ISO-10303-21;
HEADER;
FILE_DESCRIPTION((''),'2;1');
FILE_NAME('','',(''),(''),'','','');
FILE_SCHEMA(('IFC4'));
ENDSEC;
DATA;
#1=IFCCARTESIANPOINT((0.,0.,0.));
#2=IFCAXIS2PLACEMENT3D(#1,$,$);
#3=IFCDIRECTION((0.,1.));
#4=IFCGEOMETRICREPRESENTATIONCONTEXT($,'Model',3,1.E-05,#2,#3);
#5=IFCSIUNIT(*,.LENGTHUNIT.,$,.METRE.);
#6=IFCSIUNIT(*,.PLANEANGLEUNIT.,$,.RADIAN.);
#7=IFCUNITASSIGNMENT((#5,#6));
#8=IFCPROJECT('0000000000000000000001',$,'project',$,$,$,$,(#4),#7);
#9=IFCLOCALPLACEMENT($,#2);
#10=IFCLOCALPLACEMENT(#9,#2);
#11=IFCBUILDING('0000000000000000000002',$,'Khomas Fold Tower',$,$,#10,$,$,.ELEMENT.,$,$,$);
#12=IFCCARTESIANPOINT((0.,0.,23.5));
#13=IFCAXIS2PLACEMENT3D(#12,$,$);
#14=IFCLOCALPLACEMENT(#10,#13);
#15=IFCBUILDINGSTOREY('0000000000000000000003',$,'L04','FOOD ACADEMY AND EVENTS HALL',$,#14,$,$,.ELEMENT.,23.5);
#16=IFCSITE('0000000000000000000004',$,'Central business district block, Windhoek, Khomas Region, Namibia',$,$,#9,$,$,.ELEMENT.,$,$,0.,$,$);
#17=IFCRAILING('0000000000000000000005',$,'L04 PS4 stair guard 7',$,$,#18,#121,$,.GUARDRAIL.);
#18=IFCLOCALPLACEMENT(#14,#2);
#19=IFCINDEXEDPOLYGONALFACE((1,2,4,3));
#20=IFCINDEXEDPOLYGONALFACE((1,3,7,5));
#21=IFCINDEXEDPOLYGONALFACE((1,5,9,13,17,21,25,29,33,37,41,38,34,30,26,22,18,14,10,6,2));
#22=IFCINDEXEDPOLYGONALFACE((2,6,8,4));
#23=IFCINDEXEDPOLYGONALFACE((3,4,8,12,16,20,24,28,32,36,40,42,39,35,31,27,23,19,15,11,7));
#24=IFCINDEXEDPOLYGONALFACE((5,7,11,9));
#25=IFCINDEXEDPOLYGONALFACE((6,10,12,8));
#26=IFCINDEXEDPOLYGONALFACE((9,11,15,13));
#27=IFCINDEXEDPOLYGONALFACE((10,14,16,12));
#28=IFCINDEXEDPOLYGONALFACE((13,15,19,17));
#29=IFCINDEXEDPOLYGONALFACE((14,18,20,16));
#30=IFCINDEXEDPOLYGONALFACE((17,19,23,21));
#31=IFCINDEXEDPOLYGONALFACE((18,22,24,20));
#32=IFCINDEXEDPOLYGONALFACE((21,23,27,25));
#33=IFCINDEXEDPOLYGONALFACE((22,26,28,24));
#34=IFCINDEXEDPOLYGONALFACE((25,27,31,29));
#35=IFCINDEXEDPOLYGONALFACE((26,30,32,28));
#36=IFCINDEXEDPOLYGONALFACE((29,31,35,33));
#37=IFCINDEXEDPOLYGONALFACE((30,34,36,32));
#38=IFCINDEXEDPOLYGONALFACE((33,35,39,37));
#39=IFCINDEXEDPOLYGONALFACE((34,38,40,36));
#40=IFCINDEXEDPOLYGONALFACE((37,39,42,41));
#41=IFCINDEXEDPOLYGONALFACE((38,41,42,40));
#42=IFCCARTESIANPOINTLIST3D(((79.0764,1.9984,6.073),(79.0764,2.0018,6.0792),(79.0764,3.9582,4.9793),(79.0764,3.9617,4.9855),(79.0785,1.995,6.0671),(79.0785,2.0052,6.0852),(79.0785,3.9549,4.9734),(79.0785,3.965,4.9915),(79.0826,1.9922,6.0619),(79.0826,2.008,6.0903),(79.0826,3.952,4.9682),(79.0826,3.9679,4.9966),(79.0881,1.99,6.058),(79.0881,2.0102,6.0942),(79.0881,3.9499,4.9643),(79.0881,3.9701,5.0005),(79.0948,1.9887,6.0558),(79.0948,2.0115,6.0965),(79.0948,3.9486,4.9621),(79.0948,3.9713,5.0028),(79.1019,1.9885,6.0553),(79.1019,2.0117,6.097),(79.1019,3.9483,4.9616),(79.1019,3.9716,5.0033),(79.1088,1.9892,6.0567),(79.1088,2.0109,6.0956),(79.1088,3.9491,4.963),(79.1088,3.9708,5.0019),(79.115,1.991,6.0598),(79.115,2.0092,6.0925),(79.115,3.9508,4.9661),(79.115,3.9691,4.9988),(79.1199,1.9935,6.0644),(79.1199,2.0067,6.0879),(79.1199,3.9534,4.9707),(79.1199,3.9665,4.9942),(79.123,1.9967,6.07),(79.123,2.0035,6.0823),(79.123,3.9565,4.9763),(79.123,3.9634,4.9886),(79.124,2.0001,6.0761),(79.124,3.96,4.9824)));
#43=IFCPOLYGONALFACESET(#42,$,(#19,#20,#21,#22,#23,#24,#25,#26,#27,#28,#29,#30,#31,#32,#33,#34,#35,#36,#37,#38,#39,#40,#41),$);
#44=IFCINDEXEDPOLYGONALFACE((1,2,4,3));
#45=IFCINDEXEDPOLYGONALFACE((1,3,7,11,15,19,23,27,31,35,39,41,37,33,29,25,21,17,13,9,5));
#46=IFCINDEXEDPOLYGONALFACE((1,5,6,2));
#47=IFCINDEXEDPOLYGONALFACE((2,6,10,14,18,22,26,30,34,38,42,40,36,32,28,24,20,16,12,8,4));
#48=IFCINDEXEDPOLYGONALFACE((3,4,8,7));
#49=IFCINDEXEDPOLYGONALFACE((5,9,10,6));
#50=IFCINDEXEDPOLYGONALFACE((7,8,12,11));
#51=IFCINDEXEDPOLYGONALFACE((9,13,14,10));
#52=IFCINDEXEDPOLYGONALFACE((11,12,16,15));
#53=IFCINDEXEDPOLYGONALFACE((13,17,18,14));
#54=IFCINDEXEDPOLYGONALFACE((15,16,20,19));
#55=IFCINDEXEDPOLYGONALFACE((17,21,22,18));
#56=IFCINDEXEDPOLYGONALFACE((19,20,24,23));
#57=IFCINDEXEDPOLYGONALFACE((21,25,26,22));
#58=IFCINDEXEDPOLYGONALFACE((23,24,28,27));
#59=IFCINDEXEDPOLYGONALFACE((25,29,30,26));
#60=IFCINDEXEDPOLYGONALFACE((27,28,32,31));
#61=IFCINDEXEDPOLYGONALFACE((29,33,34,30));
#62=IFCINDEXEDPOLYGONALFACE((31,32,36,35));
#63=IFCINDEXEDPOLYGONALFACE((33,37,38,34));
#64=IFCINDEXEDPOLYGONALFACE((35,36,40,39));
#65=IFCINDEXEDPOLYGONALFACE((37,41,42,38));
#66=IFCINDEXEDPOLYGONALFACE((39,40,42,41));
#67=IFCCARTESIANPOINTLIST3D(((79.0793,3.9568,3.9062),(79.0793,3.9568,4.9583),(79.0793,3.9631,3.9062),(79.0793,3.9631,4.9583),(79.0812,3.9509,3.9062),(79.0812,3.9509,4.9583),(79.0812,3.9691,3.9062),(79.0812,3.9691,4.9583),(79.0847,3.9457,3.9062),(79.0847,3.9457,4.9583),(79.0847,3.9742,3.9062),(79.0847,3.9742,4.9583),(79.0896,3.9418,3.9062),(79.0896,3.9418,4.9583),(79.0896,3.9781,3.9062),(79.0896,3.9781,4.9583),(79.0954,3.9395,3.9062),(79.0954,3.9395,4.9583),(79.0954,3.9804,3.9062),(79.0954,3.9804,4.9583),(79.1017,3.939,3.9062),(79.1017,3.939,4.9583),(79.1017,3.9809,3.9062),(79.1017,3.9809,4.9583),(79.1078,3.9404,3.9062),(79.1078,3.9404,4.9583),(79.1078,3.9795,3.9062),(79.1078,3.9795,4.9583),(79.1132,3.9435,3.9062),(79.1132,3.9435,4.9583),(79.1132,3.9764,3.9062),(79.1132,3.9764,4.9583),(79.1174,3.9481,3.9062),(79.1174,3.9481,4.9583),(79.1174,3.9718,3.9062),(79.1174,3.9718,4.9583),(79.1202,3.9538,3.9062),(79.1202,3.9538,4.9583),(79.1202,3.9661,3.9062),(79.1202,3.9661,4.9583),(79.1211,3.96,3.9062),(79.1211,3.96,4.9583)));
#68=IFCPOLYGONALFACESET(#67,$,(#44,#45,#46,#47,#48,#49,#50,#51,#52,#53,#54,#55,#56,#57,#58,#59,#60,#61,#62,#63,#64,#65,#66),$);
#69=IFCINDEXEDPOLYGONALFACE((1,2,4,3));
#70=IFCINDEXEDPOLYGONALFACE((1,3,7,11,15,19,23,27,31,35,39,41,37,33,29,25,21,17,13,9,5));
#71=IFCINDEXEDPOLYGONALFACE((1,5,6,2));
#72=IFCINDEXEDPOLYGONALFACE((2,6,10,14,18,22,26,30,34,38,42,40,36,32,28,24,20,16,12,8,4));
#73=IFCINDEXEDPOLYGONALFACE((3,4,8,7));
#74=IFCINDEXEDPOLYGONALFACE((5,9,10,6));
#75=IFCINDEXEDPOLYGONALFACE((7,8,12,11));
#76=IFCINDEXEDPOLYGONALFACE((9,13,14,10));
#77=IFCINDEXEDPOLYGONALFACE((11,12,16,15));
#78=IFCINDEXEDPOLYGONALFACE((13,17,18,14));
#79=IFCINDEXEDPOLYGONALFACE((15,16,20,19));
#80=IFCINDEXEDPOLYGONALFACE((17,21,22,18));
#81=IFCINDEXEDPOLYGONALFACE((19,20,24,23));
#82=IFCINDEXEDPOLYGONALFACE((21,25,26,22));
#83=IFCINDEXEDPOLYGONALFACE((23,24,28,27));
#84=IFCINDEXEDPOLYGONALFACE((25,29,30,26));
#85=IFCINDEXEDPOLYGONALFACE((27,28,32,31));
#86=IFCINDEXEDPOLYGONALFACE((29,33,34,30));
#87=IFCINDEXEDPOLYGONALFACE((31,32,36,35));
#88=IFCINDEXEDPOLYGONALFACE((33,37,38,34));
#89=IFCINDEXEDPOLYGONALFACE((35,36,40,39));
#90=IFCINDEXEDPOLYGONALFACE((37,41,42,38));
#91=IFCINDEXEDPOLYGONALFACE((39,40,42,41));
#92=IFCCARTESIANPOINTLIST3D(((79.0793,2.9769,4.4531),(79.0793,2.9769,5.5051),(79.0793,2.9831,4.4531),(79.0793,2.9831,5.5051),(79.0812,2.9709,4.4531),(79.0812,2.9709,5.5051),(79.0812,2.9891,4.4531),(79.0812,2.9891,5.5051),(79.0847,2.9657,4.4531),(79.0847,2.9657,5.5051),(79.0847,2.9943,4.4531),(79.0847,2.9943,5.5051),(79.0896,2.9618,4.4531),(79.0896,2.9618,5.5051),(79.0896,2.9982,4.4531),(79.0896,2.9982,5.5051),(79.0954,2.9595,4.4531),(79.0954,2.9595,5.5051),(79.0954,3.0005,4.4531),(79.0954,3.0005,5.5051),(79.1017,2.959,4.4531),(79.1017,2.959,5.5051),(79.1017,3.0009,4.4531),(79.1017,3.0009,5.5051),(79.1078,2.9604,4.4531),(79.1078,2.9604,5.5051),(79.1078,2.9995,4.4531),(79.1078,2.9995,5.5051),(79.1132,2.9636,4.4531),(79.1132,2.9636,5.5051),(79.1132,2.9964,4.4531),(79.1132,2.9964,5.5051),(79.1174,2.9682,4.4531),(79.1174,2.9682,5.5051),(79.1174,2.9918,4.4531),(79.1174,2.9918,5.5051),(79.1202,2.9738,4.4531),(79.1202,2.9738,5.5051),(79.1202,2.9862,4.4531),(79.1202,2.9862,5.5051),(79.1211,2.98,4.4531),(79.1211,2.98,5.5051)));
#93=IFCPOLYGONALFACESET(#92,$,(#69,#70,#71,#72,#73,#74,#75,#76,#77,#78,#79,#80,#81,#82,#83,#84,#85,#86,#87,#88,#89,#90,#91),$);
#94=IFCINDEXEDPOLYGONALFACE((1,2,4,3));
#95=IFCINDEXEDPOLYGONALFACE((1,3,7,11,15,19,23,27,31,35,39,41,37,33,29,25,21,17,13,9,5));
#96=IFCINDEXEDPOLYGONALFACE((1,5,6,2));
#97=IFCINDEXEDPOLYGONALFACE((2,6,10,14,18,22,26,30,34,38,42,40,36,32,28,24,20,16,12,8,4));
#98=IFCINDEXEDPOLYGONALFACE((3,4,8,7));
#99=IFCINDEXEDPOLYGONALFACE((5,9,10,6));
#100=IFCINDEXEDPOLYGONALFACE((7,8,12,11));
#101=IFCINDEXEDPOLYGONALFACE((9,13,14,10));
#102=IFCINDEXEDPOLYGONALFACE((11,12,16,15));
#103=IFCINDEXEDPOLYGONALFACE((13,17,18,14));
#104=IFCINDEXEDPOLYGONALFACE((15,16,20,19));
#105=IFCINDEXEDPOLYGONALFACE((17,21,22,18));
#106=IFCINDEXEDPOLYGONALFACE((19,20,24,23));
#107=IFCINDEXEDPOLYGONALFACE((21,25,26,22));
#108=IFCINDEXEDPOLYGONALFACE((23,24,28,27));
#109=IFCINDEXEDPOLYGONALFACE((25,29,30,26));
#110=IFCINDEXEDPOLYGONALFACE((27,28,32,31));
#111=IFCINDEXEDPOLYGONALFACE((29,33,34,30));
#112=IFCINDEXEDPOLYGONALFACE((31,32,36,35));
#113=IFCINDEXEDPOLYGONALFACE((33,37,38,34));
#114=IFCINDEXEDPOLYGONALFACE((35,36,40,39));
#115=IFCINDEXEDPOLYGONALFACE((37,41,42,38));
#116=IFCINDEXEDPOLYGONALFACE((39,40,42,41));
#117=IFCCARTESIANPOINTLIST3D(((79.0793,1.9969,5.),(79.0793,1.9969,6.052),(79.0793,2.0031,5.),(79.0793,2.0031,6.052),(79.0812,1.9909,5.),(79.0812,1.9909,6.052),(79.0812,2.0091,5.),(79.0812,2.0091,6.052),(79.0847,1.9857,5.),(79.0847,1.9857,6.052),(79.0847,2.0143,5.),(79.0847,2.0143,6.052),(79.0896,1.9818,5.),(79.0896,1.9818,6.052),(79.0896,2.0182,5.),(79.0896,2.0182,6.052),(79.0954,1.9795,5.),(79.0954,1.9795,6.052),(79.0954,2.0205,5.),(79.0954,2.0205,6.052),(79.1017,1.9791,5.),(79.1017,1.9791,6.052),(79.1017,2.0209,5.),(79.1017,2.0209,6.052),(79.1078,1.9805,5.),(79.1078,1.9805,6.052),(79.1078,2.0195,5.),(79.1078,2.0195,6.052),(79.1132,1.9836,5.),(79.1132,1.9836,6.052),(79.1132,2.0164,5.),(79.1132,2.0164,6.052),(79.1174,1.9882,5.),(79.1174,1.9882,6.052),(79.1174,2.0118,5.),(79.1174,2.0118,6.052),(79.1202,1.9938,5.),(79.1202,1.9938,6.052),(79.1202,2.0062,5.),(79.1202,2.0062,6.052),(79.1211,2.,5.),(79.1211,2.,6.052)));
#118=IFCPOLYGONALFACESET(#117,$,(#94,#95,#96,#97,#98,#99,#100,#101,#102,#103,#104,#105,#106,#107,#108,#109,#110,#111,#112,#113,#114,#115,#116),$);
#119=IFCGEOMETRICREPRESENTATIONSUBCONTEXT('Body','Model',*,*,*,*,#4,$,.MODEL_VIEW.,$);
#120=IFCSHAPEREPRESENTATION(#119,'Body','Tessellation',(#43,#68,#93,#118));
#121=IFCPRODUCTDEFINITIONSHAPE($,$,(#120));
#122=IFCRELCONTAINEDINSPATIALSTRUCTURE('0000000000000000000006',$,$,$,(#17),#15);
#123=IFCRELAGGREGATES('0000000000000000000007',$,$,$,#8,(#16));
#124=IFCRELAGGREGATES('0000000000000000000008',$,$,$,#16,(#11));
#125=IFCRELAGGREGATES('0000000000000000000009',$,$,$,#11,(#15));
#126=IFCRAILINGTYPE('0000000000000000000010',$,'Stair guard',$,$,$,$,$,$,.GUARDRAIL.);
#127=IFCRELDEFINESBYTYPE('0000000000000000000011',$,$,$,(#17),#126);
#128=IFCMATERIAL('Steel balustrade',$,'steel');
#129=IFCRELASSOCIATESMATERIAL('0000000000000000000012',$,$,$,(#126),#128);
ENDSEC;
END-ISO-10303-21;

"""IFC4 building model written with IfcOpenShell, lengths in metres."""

from ifc_helpers import new_model, si_unit, direction, frame, origin, origin_2d, place, context, subcontext, project, spatial, circle, extrude, source, transform, mapped, material, type_object, element, save


model = new_model("IFC4")

# Units and contexts
model_context = context("Model", 3, precision=1e-05, world=origin(), true_north=direction((0.0, 1.0)))
body_context = subcontext(model_context, "Body", "Model", "MODEL_VIEW")
ifc_project = project(units=[si_unit("LENGTHUNIT", "METRE"), si_unit("PLANEANGLEUNIT", "RADIAN")], contexts=[model_context])

# Site, building, storey
site_placement = place(None, origin())
site = spatial("IfcSite", under=ifc_project, at=site_placement, Name="Central business district block, Windhoek, Khomas Region, Namibia", CompositionType="ELEMENT", RefElevation=0.0)
building_placement = place(site_placement, origin())
building = spatial("IfcBuilding", under=site, at=building_placement, Name="Khomas Fold Tower", CompositionType="ELEMENT")
storey_placement = place(building_placement, frame((0.0, 0.0, 23.5)))
storey = spatial("IfcBuildingStorey", under=building, at=storey_placement, Name="L04", Description="FOOD ACADEMY AND EVENTS HALL", CompositionType="ELEMENT", Elevation=23.5)

# Railing
ifc_material_1 = material(Name="Steel balustrade", Category="steel")
railing_type_1 = type_object("IfcRailingType", Name="Stair guard", PredefinedType="GUARDRAIL", material=ifc_material_1)
shared_shape_1 = source(origin(), body_context, "Body", "SweptSolid", [
    extrude(circle(Radius=0.0239, at=origin_2d()), frame((0.0, 0.0, 1.0762), z_axis=(0.0, -0.873232, 0.487304), x_axis=(1.0, 0.0, 0.0)), (0.0, 0.0, 1.0), 2.2444),
    extrude(circle(Radius=0.021, at=origin_2d()), origin(), (0.0, 0.0, 1.0), 1.052),
    extrude(circle(Radius=0.021, at=origin_2d()), frame((0.0, -0.98, 0.5469)), (0.0, 0.0, 1.0), 1.052),
    extrude(circle(Radius=0.021, at=origin_2d()), frame((0.0, -1.96, 1.0938)), (0.0, 0.0, 1.0), 1.052),
])
for number, where, name in (
    (1, (79.1001, 3.96, 3.9062), "L04 PS4 stair guard 7"),
):
    element("IfcRailing", number, at=place(storey_placement, frame(where)), inside=storey, type_object=railing_type_1, Name=name, PredefinedType="GUARDRAIL", context=body_context, shape_type="MappedRepresentation", body=[
        mapped(shared_shape_1, transform((0.0, 0.0, 0.0))),
    ])

save(model, "model.ifc")
